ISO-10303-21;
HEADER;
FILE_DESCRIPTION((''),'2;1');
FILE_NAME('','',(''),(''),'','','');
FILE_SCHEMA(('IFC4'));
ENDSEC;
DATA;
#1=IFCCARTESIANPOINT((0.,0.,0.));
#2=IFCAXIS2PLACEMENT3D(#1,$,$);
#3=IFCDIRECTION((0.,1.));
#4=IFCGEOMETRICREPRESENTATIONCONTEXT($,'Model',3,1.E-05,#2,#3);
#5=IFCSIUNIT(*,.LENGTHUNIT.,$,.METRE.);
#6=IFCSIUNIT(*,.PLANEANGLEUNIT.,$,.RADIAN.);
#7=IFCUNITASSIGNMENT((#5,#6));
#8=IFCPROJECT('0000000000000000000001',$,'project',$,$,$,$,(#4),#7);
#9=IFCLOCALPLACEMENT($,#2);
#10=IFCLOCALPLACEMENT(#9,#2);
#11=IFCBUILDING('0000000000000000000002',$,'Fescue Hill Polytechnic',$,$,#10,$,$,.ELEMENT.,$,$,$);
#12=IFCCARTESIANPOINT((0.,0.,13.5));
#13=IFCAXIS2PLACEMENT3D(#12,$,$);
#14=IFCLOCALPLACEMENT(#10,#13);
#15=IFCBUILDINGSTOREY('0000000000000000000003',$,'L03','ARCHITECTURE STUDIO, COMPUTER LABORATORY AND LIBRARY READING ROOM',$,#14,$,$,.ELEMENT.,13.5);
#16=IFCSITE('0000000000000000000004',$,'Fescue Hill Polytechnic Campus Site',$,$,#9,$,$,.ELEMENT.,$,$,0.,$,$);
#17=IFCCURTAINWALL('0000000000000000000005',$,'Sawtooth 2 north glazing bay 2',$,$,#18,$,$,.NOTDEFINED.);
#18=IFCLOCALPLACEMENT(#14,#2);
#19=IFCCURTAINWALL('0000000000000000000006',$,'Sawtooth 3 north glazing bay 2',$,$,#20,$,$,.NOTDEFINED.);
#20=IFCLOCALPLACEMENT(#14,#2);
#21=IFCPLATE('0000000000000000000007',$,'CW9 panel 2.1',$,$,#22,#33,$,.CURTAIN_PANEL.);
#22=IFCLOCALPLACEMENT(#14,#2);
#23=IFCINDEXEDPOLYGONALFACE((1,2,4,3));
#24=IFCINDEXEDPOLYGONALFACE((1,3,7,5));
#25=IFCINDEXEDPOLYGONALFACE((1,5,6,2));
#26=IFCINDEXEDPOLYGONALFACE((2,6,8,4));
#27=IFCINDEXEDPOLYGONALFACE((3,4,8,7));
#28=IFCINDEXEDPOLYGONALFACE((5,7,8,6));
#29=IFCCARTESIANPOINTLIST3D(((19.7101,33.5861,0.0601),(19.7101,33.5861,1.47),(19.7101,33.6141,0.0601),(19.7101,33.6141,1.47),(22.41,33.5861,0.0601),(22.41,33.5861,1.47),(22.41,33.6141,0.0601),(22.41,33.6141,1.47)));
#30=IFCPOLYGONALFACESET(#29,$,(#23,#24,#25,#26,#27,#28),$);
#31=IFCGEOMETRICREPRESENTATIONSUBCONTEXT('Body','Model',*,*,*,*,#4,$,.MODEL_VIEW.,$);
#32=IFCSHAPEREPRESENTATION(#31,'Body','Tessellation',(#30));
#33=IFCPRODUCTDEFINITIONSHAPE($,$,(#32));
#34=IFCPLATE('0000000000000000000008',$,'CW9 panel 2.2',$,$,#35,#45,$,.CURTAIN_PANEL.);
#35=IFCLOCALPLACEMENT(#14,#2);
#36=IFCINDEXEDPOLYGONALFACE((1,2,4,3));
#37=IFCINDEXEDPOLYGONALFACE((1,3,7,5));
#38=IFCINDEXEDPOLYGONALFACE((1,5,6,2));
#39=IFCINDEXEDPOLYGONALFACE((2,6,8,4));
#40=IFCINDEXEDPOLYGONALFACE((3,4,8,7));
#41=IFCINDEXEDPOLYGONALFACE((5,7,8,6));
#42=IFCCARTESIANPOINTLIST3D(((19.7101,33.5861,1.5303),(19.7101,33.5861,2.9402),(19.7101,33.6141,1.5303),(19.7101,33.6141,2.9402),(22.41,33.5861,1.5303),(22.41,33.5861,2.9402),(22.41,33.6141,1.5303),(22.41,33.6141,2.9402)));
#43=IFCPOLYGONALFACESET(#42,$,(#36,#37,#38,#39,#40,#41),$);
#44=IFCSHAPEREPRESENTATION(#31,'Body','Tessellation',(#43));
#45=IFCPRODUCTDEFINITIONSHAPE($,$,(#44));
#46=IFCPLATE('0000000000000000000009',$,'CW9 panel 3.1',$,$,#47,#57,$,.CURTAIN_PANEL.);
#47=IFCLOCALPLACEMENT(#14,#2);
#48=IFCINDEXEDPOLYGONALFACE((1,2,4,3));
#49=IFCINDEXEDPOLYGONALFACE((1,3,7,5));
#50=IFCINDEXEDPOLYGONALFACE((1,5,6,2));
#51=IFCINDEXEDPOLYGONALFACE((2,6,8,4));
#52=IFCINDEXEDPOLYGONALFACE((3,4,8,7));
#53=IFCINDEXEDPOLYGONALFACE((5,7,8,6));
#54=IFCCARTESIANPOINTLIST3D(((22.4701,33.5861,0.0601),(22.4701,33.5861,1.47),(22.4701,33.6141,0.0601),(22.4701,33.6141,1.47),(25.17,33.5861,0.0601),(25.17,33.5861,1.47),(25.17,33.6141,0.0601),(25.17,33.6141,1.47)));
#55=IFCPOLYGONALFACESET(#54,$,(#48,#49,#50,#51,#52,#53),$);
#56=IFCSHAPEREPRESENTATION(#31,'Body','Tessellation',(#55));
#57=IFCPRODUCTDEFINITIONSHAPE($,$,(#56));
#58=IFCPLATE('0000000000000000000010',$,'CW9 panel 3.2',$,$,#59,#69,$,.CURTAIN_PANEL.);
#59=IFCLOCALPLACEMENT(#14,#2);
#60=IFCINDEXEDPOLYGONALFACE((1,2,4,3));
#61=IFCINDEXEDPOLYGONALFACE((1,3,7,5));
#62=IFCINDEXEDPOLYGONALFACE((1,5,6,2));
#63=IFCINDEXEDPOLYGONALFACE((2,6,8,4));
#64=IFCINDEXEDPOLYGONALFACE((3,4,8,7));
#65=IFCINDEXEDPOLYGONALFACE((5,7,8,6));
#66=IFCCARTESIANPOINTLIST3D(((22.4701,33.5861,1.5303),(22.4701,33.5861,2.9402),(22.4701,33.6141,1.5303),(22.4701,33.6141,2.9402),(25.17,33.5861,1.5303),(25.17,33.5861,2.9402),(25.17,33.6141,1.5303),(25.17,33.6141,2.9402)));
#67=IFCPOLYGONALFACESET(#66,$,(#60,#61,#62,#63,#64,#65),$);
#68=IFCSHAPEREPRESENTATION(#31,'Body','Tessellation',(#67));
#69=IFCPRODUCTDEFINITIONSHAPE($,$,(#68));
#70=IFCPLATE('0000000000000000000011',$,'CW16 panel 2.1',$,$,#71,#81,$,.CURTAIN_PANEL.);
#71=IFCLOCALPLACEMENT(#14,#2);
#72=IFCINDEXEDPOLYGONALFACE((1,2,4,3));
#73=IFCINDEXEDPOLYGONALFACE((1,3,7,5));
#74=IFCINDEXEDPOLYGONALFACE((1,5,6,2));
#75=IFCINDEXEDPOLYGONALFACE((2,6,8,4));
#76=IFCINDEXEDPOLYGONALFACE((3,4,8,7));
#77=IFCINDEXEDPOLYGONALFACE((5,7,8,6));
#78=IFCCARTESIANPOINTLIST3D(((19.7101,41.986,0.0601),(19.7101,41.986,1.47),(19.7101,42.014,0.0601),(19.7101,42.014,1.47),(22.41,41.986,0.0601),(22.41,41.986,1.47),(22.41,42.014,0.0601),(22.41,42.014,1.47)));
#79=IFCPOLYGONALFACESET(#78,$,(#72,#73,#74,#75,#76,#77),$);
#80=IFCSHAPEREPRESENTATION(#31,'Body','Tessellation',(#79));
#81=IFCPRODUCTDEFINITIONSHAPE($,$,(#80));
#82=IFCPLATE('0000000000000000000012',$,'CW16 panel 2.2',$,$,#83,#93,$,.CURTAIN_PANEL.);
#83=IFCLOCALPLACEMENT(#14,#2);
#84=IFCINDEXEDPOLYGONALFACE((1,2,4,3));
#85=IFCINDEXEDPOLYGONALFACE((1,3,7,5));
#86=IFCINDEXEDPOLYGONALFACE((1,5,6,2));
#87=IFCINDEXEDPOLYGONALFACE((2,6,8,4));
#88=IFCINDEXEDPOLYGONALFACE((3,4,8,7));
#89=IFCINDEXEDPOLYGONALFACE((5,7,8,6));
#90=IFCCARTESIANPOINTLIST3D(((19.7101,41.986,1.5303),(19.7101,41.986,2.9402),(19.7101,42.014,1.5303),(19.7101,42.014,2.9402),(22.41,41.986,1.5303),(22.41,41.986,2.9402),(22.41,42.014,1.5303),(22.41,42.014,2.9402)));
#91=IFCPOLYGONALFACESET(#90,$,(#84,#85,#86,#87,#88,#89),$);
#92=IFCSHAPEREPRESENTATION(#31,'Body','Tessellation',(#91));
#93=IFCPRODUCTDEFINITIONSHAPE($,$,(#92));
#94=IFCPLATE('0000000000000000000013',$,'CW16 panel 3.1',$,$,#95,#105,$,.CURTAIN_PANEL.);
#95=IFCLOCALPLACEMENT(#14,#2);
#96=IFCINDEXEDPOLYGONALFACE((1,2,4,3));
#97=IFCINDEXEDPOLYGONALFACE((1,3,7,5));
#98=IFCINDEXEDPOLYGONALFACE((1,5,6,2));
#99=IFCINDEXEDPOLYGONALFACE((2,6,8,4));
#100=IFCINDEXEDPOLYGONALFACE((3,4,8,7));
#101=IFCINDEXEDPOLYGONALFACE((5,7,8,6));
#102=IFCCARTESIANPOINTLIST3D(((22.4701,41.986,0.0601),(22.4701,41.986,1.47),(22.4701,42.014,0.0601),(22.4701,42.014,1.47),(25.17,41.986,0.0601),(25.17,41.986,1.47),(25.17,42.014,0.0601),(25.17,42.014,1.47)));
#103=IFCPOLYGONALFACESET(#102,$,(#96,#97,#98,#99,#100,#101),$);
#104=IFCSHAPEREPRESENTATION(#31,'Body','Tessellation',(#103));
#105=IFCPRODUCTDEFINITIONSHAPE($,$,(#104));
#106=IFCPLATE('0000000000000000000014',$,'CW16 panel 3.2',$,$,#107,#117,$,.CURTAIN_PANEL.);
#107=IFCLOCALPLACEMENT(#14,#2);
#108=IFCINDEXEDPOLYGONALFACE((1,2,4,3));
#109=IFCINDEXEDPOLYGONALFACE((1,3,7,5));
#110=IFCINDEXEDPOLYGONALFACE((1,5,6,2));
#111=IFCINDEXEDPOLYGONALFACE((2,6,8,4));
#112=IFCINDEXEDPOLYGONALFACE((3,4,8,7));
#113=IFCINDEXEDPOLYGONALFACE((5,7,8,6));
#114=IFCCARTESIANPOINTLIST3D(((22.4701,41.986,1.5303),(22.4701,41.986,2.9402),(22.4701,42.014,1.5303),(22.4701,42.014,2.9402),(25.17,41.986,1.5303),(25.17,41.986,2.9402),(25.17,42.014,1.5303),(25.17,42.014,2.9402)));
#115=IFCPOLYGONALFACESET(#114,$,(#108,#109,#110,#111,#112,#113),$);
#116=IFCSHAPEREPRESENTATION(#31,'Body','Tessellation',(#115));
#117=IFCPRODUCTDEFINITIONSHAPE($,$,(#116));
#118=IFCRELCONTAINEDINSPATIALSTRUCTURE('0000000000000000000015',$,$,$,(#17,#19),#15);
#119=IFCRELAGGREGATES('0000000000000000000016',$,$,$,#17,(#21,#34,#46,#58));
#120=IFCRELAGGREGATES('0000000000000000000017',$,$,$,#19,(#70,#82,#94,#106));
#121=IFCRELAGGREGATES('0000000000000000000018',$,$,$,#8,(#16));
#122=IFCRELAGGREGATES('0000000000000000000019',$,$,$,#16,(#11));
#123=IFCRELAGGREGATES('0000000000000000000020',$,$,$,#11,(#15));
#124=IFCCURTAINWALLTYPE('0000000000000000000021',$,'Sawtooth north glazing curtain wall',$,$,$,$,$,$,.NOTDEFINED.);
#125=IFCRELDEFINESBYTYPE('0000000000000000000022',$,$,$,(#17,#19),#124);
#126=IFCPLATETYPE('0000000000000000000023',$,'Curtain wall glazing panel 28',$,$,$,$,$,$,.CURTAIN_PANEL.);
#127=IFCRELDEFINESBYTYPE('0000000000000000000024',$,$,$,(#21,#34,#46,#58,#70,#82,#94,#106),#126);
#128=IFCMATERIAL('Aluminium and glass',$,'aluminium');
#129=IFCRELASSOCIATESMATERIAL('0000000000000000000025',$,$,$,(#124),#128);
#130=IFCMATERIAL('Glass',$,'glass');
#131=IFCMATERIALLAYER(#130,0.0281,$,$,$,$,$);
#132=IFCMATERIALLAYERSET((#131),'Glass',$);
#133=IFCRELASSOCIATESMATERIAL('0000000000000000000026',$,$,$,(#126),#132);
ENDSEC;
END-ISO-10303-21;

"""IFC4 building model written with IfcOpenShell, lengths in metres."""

from ifc_helpers import new_model, si_unit, direction, frame, origin, origin_2d, place, context, subcontext, project, spatial, rectangle, extrude, material, layer, layer_set, type_object, element, aggregate, save


model = new_model("IFC4")

# Units and contexts
model_context = context("Model", 3, precision=1e-05, world=origin(), true_north=direction((0.0, 1.0)))
body_context = subcontext(model_context, "Body", "Model", "MODEL_VIEW")
ifc_project = project(units=[si_unit("LENGTHUNIT", "METRE"), si_unit("PLANEANGLEUNIT", "RADIAN")], contexts=[model_context])

# Site, building, storey
site_placement = place(None, origin())
site = spatial("IfcSite", under=ifc_project, at=site_placement, Name="Fescue Hill Polytechnic Campus Site", CompositionType="ELEMENT", RefElevation=0.0)
building_placement = place(site_placement, origin())
building = spatial("IfcBuilding", under=site, at=building_placement, Name="Fescue Hill Polytechnic", CompositionType="ELEMENT")
storey_placement = place(building_placement, frame((0.0, 0.0, 13.5)))
storey = spatial("IfcBuildingStorey", under=building, at=storey_placement, Name="L03", Description="ARCHITECTURE STUDIO, COMPUTER LABORATORY AND LIBRARY READING ROOM", CompositionType="ELEMENT", Elevation=13.5)

# Curtain walls
ifc_material_1 = material(Name="Aluminium and glass", Category="aluminium")
curtain_wall_type = type_object("IfcCurtainWallType", Name="Sawtooth north glazing curtain wall", PredefinedType="NOTDEFINED", material=ifc_material_1)
curtain_wall_1_placement = place(storey_placement, origin())
curtain_wall_1 = element("IfcCurtainWall", 1, at=curtain_wall_1_placement, inside=storey, type_object=curtain_wall_type, Name="Sawtooth 2 north glazing bay 2", PredefinedType="NOTDEFINED")
curtain_wall_2_placement = place(storey_placement, origin())
curtain_wall_2 = element("IfcCurtainWall", 2, at=curtain_wall_2_placement, inside=storey, type_object=curtain_wall_type, Name="Sawtooth 3 north glazing bay 2", PredefinedType="NOTDEFINED")

# Plates
ifc_material_2 = material(Name="Glass", Category="glass")
ifc_layer = layer(ifc_material_2, 0.0281)
ifc_layer_set = layer_set([ifc_layer], Name="Glass")
plate_type = type_object("IfcPlateType", Name="Curtain wall glazing panel 28", PredefinedType="CURTAIN_PANEL", material=ifc_layer_set)
plate_1_placement = place(storey_placement, frame((21.0601, 33.6001, 0.0601), z_axis=(0.0, 0.0, 1.0), x_axis=(1.0, 0.0, 0.0)))
plate_1 = element("IfcPlate", 3, at=plate_1_placement, type_object=plate_type, Name="CW9 panel 2.1", PredefinedType="CURTAIN_PANEL", context=body_context, shape_type="SweptSolid", body=[
    extrude(rectangle(XDim=2.7, YDim=0.0281, at=origin_2d()), origin(), (0.0, 0.0, 1.0), 1.4099),
])
plate_2_placement = place(storey_placement, frame((21.0601, 33.6001, 1.5303), z_axis=(0.0, 0.0, 1.0), x_axis=(1.0, 0.0, 0.0)))
plate_2 = element("IfcPlate", 4, at=plate_2_placement, type_object=plate_type, Name="CW9 panel 2.2", PredefinedType="CURTAIN_PANEL", context=body_context, shape_type="SweptSolid", body=[
    extrude(rectangle(XDim=2.7, YDim=0.0281, at=origin_2d()), origin(), (0.0, 0.0, 1.0), 1.4099),
])
plate_3_placement = place(storey_placement, frame((23.8201, 33.6001, 0.0601), z_axis=(0.0, 0.0, 1.0), x_axis=(1.0, 0.0, 0.0)))
plate_3 = element("IfcPlate", 5, at=plate_3_placement, type_object=plate_type, Name="CW9 panel 3.1", PredefinedType="CURTAIN_PANEL", context=body_context, shape_type="SweptSolid", body=[
    extrude(rectangle(XDim=2.7, YDim=0.0281, at=origin_2d()), origin(), (0.0, 0.0, 1.0), 1.4099),
])
plate_4_placement = place(storey_placement, frame((23.8201, 33.6001, 1.5303), z_axis=(0.0, 0.0, 1.0), x_axis=(1.0, 0.0, 0.0)))
plate_4 = element("IfcPlate", 6, at=plate_4_placement, type_object=plate_type, Name="CW9 panel 3.2", PredefinedType="CURTAIN_PANEL", context=body_context, shape_type="SweptSolid", body=[
    extrude(rectangle(XDim=2.7, YDim=0.0281, at=origin_2d()), origin(), (0.0, 0.0, 1.0), 1.4099),
])
aggregate(curtain_wall_1, [plate_1, plate_2, plate_3, plate_4])
plate_5_placement = place(storey_placement, frame((21.0601, 42.0, 0.0601), z_axis=(0.0, 0.0, 1.0), x_axis=(1.0, 0.0, 0.0)))
plate_5 = element("IfcPlate", 7, at=plate_5_placement, type_object=plate_type, Name="CW16 panel 2.1", PredefinedType="CURTAIN_PANEL", context=body_context, shape_type="SweptSolid", body=[
    extrude(rectangle(XDim=2.7, YDim=0.0281, at=origin_2d()), origin(), (0.0, 0.0, 1.0), 1.4099),
])
plate_6_placement = place(storey_placement, frame((21.0601, 42.0, 1.5303), z_axis=(0.0, 0.0, 1.0), x_axis=(1.0, 0.0, 0.0)))
plate_6 = element("IfcPlate", 8, at=plate_6_placement, type_object=plate_type, Name="CW16 panel 2.2", PredefinedType="CURTAIN_PANEL", context=body_context, shape_type="SweptSolid", body=[
    extrude(rectangle(XDim=2.7, YDim=0.0281, at=origin_2d()), origin(), (0.0, 0.0, 1.0), 1.4099),
])
plate_7_placement = place(storey_placement, frame((23.8201, 42.0, 0.0601), z_axis=(0.0, 0.0, 1.0), x_axis=(1.0, 0.0, 0.0)))
plate_7 = element("IfcPlate", 9, at=plate_7_placement, type_object=plate_type, Name="CW16 panel 3.1", PredefinedType="CURTAIN_PANEL", context=body_context, shape_type="SweptSolid", body=[
    extrude(rectangle(XDim=2.7, YDim=0.0281, at=origin_2d()), origin(), (0.0, 0.0, 1.0), 1.4099),
])
plate_8_placement = place(storey_placement, frame((23.8201, 42.0, 1.5303), z_axis=(0.0, 0.0, 1.0), x_axis=(1.0, 0.0, 0.0)))
plate_8 = element("IfcPlate", 10, at=plate_8_placement, type_object=plate_type, Name="CW16 panel 3.2", PredefinedType="CURTAIN_PANEL", context=body_context, shape_type="SweptSolid", body=[
    extrude(rectangle(XDim=2.7, YDim=0.0281, at=origin_2d()), origin(), (0.0, 0.0, 1.0), 1.4099),
])
aggregate(curtain_wall_2, [plate_5, plate_6, plate_7, plate_8])

save(model, "model.ifc")
